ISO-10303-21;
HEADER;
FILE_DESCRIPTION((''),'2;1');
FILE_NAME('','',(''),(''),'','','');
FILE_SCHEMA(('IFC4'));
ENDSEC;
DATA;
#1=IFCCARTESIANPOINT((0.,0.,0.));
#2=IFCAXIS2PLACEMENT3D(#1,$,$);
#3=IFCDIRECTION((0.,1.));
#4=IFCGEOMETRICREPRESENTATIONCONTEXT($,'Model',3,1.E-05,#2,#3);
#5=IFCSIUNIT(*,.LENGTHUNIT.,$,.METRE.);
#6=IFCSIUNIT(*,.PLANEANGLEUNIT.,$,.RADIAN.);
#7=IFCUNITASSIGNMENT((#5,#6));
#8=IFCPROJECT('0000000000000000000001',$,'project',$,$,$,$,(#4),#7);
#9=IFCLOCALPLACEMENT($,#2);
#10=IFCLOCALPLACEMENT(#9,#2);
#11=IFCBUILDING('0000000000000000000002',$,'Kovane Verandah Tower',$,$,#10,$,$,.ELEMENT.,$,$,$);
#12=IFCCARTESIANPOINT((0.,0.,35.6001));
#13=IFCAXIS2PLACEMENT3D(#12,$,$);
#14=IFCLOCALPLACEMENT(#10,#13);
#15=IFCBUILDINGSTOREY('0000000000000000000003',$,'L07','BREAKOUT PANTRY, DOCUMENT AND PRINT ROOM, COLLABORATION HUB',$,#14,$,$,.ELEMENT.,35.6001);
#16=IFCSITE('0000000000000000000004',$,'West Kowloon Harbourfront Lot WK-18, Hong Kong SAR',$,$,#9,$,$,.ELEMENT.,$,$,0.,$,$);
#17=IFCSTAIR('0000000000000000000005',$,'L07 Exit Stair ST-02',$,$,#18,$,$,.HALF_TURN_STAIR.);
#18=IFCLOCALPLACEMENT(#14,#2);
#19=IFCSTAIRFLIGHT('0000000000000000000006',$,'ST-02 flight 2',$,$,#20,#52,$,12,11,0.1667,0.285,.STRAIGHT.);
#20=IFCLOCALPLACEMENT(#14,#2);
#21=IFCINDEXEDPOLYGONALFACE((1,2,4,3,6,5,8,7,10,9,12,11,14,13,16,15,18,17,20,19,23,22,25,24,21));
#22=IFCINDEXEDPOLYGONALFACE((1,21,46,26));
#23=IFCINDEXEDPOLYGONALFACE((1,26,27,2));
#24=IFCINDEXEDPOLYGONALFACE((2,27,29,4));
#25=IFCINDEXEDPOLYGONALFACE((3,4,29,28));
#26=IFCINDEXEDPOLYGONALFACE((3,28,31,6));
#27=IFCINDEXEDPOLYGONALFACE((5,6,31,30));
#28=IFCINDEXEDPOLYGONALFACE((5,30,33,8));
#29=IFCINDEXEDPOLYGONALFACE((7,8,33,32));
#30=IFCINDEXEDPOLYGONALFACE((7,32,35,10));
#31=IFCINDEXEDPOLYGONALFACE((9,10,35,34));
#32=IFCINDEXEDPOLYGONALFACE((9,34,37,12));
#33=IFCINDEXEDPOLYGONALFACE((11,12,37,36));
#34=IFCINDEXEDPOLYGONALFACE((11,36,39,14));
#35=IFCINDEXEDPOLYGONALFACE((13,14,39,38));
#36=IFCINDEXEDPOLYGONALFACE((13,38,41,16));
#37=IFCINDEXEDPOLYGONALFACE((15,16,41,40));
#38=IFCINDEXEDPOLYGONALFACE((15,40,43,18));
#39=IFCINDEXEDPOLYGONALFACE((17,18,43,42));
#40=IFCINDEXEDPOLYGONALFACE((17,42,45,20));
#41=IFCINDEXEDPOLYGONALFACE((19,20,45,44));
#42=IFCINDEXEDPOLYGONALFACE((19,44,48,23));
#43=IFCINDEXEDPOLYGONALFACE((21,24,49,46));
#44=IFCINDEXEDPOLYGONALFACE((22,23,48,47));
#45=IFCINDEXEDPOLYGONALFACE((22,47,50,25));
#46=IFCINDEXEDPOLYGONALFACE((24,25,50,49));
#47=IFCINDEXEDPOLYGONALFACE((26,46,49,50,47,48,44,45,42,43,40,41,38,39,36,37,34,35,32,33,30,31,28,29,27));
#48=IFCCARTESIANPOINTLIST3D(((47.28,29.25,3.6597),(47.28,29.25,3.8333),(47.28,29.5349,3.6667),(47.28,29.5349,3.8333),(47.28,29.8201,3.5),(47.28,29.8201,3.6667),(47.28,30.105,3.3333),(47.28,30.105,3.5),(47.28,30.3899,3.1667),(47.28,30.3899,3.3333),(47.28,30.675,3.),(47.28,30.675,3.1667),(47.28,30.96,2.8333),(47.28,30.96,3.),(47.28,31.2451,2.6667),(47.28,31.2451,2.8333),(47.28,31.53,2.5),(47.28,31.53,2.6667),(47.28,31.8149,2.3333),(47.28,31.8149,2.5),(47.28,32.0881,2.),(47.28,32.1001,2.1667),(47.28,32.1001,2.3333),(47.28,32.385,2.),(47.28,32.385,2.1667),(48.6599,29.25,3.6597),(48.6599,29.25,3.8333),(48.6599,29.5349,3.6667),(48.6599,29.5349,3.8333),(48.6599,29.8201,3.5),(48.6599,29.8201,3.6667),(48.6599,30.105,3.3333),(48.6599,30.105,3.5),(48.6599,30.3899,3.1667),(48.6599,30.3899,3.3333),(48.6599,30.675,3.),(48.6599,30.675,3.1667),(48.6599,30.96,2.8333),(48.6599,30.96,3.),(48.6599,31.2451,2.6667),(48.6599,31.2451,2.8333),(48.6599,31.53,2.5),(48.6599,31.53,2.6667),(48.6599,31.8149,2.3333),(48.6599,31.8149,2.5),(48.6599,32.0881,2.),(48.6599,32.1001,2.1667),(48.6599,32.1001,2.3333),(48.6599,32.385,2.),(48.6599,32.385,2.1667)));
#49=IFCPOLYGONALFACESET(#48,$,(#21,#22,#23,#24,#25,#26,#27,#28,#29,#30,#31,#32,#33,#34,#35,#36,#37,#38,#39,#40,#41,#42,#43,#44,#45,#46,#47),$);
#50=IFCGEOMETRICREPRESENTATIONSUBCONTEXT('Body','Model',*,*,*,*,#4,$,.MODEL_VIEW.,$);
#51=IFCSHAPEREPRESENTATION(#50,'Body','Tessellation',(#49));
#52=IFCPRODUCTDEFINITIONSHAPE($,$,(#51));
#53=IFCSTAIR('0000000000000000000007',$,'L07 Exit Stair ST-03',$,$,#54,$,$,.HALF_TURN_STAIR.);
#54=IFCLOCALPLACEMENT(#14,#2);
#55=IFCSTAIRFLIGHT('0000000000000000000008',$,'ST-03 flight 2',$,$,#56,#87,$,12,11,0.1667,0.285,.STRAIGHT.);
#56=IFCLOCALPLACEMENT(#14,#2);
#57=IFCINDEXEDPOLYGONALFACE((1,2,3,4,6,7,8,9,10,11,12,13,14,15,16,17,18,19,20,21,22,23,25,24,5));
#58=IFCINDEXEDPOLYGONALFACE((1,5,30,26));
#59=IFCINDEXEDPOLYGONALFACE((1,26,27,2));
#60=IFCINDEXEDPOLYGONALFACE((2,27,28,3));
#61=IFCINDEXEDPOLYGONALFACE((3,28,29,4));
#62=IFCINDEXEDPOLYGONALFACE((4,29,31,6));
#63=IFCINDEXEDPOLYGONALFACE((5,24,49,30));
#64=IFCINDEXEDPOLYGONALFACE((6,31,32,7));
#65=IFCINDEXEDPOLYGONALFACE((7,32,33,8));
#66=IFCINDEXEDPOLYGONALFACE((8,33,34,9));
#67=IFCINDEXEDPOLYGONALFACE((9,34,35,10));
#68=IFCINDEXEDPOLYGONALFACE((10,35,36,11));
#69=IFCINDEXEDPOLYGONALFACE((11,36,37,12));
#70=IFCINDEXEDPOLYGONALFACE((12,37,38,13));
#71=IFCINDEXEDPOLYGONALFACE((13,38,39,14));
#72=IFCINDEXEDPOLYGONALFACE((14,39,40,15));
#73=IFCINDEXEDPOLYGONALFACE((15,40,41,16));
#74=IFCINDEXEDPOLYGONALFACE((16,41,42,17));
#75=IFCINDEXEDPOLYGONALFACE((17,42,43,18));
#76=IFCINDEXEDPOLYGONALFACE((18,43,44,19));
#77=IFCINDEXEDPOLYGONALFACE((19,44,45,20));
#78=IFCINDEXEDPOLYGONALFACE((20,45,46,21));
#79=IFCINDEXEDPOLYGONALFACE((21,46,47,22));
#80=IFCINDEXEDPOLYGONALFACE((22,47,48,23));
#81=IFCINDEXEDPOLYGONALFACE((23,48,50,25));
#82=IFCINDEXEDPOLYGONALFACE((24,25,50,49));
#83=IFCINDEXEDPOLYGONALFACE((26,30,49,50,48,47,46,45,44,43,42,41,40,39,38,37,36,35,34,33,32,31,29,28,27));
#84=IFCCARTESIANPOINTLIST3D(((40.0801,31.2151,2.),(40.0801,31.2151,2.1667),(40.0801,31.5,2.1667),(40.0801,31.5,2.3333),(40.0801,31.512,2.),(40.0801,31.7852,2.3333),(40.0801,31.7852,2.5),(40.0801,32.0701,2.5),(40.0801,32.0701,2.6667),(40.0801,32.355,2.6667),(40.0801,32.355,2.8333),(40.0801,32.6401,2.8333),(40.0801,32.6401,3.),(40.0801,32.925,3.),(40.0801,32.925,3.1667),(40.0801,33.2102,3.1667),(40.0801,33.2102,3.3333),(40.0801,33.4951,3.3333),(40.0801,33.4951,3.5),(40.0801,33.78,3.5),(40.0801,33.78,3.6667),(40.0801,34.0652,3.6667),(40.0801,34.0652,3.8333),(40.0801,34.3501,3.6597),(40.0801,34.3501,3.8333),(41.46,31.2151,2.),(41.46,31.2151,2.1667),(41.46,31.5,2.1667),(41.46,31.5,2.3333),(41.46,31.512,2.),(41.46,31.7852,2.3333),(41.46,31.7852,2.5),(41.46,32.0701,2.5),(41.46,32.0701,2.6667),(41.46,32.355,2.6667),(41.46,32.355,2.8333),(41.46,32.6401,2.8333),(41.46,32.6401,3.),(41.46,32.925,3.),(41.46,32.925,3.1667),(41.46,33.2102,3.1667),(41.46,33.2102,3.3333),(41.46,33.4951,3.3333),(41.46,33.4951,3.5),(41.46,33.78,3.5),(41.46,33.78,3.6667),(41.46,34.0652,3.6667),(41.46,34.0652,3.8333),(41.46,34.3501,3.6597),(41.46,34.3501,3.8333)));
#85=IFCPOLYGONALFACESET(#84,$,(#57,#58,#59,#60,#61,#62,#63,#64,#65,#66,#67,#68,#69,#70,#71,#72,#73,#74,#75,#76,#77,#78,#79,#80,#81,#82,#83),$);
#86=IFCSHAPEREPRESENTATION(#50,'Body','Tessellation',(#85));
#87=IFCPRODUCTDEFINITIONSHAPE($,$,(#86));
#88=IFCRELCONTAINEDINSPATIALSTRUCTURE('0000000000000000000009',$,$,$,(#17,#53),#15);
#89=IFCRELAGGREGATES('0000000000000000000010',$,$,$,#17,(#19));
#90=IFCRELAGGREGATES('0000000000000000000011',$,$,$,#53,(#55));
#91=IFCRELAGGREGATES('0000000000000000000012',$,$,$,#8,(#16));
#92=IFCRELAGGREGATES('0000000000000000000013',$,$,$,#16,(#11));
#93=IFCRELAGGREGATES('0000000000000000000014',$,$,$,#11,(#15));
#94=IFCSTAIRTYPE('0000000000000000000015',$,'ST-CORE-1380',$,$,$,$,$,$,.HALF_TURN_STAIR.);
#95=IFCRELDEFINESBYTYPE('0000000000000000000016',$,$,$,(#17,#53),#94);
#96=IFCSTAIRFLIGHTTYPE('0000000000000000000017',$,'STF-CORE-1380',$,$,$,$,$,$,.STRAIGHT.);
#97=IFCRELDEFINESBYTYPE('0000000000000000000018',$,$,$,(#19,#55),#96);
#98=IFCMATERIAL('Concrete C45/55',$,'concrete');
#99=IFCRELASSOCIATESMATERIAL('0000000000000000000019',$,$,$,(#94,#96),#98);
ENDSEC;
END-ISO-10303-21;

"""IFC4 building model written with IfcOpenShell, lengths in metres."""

from ifc_helpers import new_model, si_unit, direction, frame, origin, place, context, subcontext, project, spatial, polyline, outline, extrude, material, type_object, element, aggregate, save


model = new_model("IFC4")

# Units and contexts
model_context = context("Model", 3, precision=1e-05, world=origin(), true_north=direction((0.0, 1.0)))
body_context = subcontext(model_context, "Body", "Model", "MODEL_VIEW")
ifc_project = project(units=[si_unit("LENGTHUNIT", "METRE"), si_unit("PLANEANGLEUNIT", "RADIAN")], contexts=[model_context])

# Site, building, storey
site_placement = place(None, origin())
site = spatial("IfcSite", under=ifc_project, at=site_placement, Name="West Kowloon Harbourfront Lot WK-18, Hong Kong SAR", CompositionType="ELEMENT", RefElevation=0.0)
building_placement = place(site_placement, origin())
building = spatial("IfcBuilding", under=site, at=building_placement, Name="Kovane Verandah Tower", CompositionType="ELEMENT")
storey_placement = place(building_placement, frame((0.0, 0.0, 35.6001)))
storey = spatial("IfcBuildingStorey", under=building, at=storey_placement, Name="L07", Description="BREAKOUT PANTRY, DOCUMENT AND PRINT ROOM, COLLABORATION HUB", CompositionType="ELEMENT", Elevation=35.6001)

# Shared definitions
ifc_material_1 = material(Name="Concrete C45/55", Category="concrete")

# Stairs, stair flights
stair_type = type_object("IfcStairType", Name="ST-CORE-1380", PredefinedType="HALF_TURN_STAIR", material=ifc_material_1)
stair_1_placement = place(storey_placement, origin())
stair_1 = element("IfcStair", 1, at=stair_1_placement, inside=storey, type_object=stair_type, Name="L07 Exit Stair ST-02", PredefinedType="HALF_TURN_STAIR")
stair_flight_type = type_object("IfcStairFlightType", Name="STF-CORE-1380", PredefinedType="STRAIGHT", material=ifc_material_1)
stair_flight_1_placement = place(storey_placement, frame((47.97, 32.385, 2.0), z_axis=(0.0, 0.0, 1.0), x_axis=(0.0, -1.0, 0.0)))
stair_flight_1 = element("IfcStairFlight", 2, at=stair_flight_1_placement, type_object=stair_flight_type, Name="ST-02 flight 2", NumberOfRisers=12, NumberOfTreads=11, PredefinedType="STRAIGHT", RiserHeight=0.1667, TreadLength=0.285, context=body_context, shape_type="SweptSolid", body=[
    extrude(outline(polyline([(0.0, 0.0), (0.0, 0.1667), (0.2849, 0.1667), (0.2849, 0.3333), (0.5701, 0.3333), (0.5701, 0.5), (0.855, 0.5), (0.855, 0.6667), (1.1399, 0.6667), (1.1399, 0.8333), (1.425, 0.8333), (1.425, 1.0), (1.71, 1.0), (1.71, 1.1667), (1.9951, 1.1667), (1.9951, 1.3333), (2.28, 1.3333), (2.28, 1.5), (2.5649, 1.5), (2.5649, 1.6667), (2.8501, 1.6667), (2.8501, 1.8333), (3.135, 1.8333), (3.135, 2.0), (3.135, 1.6597), (0.2969, 0.0), (0.0, 0.0)])), frame((0.0, 0.6899, 0.0), z_axis=(0.0, -1.0, 0.0), x_axis=(1.0, 0.0, 0.0)), (0.0, 0.0, 1.0), 1.3799),
])
aggregate(stair_1, [stair_flight_1])
stair_2_placement = place(storey_placement, origin())
stair_2 = element("IfcStair", 3, at=stair_2_placement, inside=storey, type_object=stair_type, Name="L07 Exit Stair ST-03", PredefinedType="HALF_TURN_STAIR")
stair_flight_2_placement = place(storey_placement, frame((40.77, 31.2151, 2.0), z_axis=(0.0, 0.0, 1.0), x_axis=(0.0, 1.0, 0.0)))
stair_flight_2 = element("IfcStairFlight", 4, at=stair_flight_2_placement, type_object=stair_flight_type, Name="ST-03 flight 2", NumberOfRisers=12, NumberOfTreads=11, PredefinedType="STRAIGHT", RiserHeight=0.1667, TreadLength=0.285, context=body_context, shape_type="SweptSolid", body=[
    extrude(outline(polyline([(0.0, 0.0), (0.0, 0.1667), (0.2849, 0.1667), (0.2849, 0.3333), (0.5701, 0.3333), (0.5701, 0.5), (0.855, 0.5), (0.855, 0.6667), (1.1399, 0.6667), (1.1399, 0.8333), (1.425, 0.8333), (1.425, 1.0), (1.71, 1.0), (1.71, 1.1667), (1.9951, 1.1667), (1.9951, 1.3333), (2.28, 1.3333), (2.28, 1.5), (2.5649, 1.5), (2.5649, 1.6667), (2.8501, 1.6667), (2.8501, 1.8333), (3.135, 1.8333), (3.135, 2.0), (3.135, 1.6597), (0.2969, 0.0), (0.0, 0.0)])), frame((0.0, 0.6899, 0.0), z_axis=(0.0, -1.0, 0.0), x_axis=(1.0, 0.0, 0.0)), (0.0, 0.0, 1.0), 1.3799),
])
aggregate(stair_2, [stair_flight_2])

save(model, "model.ifc")
